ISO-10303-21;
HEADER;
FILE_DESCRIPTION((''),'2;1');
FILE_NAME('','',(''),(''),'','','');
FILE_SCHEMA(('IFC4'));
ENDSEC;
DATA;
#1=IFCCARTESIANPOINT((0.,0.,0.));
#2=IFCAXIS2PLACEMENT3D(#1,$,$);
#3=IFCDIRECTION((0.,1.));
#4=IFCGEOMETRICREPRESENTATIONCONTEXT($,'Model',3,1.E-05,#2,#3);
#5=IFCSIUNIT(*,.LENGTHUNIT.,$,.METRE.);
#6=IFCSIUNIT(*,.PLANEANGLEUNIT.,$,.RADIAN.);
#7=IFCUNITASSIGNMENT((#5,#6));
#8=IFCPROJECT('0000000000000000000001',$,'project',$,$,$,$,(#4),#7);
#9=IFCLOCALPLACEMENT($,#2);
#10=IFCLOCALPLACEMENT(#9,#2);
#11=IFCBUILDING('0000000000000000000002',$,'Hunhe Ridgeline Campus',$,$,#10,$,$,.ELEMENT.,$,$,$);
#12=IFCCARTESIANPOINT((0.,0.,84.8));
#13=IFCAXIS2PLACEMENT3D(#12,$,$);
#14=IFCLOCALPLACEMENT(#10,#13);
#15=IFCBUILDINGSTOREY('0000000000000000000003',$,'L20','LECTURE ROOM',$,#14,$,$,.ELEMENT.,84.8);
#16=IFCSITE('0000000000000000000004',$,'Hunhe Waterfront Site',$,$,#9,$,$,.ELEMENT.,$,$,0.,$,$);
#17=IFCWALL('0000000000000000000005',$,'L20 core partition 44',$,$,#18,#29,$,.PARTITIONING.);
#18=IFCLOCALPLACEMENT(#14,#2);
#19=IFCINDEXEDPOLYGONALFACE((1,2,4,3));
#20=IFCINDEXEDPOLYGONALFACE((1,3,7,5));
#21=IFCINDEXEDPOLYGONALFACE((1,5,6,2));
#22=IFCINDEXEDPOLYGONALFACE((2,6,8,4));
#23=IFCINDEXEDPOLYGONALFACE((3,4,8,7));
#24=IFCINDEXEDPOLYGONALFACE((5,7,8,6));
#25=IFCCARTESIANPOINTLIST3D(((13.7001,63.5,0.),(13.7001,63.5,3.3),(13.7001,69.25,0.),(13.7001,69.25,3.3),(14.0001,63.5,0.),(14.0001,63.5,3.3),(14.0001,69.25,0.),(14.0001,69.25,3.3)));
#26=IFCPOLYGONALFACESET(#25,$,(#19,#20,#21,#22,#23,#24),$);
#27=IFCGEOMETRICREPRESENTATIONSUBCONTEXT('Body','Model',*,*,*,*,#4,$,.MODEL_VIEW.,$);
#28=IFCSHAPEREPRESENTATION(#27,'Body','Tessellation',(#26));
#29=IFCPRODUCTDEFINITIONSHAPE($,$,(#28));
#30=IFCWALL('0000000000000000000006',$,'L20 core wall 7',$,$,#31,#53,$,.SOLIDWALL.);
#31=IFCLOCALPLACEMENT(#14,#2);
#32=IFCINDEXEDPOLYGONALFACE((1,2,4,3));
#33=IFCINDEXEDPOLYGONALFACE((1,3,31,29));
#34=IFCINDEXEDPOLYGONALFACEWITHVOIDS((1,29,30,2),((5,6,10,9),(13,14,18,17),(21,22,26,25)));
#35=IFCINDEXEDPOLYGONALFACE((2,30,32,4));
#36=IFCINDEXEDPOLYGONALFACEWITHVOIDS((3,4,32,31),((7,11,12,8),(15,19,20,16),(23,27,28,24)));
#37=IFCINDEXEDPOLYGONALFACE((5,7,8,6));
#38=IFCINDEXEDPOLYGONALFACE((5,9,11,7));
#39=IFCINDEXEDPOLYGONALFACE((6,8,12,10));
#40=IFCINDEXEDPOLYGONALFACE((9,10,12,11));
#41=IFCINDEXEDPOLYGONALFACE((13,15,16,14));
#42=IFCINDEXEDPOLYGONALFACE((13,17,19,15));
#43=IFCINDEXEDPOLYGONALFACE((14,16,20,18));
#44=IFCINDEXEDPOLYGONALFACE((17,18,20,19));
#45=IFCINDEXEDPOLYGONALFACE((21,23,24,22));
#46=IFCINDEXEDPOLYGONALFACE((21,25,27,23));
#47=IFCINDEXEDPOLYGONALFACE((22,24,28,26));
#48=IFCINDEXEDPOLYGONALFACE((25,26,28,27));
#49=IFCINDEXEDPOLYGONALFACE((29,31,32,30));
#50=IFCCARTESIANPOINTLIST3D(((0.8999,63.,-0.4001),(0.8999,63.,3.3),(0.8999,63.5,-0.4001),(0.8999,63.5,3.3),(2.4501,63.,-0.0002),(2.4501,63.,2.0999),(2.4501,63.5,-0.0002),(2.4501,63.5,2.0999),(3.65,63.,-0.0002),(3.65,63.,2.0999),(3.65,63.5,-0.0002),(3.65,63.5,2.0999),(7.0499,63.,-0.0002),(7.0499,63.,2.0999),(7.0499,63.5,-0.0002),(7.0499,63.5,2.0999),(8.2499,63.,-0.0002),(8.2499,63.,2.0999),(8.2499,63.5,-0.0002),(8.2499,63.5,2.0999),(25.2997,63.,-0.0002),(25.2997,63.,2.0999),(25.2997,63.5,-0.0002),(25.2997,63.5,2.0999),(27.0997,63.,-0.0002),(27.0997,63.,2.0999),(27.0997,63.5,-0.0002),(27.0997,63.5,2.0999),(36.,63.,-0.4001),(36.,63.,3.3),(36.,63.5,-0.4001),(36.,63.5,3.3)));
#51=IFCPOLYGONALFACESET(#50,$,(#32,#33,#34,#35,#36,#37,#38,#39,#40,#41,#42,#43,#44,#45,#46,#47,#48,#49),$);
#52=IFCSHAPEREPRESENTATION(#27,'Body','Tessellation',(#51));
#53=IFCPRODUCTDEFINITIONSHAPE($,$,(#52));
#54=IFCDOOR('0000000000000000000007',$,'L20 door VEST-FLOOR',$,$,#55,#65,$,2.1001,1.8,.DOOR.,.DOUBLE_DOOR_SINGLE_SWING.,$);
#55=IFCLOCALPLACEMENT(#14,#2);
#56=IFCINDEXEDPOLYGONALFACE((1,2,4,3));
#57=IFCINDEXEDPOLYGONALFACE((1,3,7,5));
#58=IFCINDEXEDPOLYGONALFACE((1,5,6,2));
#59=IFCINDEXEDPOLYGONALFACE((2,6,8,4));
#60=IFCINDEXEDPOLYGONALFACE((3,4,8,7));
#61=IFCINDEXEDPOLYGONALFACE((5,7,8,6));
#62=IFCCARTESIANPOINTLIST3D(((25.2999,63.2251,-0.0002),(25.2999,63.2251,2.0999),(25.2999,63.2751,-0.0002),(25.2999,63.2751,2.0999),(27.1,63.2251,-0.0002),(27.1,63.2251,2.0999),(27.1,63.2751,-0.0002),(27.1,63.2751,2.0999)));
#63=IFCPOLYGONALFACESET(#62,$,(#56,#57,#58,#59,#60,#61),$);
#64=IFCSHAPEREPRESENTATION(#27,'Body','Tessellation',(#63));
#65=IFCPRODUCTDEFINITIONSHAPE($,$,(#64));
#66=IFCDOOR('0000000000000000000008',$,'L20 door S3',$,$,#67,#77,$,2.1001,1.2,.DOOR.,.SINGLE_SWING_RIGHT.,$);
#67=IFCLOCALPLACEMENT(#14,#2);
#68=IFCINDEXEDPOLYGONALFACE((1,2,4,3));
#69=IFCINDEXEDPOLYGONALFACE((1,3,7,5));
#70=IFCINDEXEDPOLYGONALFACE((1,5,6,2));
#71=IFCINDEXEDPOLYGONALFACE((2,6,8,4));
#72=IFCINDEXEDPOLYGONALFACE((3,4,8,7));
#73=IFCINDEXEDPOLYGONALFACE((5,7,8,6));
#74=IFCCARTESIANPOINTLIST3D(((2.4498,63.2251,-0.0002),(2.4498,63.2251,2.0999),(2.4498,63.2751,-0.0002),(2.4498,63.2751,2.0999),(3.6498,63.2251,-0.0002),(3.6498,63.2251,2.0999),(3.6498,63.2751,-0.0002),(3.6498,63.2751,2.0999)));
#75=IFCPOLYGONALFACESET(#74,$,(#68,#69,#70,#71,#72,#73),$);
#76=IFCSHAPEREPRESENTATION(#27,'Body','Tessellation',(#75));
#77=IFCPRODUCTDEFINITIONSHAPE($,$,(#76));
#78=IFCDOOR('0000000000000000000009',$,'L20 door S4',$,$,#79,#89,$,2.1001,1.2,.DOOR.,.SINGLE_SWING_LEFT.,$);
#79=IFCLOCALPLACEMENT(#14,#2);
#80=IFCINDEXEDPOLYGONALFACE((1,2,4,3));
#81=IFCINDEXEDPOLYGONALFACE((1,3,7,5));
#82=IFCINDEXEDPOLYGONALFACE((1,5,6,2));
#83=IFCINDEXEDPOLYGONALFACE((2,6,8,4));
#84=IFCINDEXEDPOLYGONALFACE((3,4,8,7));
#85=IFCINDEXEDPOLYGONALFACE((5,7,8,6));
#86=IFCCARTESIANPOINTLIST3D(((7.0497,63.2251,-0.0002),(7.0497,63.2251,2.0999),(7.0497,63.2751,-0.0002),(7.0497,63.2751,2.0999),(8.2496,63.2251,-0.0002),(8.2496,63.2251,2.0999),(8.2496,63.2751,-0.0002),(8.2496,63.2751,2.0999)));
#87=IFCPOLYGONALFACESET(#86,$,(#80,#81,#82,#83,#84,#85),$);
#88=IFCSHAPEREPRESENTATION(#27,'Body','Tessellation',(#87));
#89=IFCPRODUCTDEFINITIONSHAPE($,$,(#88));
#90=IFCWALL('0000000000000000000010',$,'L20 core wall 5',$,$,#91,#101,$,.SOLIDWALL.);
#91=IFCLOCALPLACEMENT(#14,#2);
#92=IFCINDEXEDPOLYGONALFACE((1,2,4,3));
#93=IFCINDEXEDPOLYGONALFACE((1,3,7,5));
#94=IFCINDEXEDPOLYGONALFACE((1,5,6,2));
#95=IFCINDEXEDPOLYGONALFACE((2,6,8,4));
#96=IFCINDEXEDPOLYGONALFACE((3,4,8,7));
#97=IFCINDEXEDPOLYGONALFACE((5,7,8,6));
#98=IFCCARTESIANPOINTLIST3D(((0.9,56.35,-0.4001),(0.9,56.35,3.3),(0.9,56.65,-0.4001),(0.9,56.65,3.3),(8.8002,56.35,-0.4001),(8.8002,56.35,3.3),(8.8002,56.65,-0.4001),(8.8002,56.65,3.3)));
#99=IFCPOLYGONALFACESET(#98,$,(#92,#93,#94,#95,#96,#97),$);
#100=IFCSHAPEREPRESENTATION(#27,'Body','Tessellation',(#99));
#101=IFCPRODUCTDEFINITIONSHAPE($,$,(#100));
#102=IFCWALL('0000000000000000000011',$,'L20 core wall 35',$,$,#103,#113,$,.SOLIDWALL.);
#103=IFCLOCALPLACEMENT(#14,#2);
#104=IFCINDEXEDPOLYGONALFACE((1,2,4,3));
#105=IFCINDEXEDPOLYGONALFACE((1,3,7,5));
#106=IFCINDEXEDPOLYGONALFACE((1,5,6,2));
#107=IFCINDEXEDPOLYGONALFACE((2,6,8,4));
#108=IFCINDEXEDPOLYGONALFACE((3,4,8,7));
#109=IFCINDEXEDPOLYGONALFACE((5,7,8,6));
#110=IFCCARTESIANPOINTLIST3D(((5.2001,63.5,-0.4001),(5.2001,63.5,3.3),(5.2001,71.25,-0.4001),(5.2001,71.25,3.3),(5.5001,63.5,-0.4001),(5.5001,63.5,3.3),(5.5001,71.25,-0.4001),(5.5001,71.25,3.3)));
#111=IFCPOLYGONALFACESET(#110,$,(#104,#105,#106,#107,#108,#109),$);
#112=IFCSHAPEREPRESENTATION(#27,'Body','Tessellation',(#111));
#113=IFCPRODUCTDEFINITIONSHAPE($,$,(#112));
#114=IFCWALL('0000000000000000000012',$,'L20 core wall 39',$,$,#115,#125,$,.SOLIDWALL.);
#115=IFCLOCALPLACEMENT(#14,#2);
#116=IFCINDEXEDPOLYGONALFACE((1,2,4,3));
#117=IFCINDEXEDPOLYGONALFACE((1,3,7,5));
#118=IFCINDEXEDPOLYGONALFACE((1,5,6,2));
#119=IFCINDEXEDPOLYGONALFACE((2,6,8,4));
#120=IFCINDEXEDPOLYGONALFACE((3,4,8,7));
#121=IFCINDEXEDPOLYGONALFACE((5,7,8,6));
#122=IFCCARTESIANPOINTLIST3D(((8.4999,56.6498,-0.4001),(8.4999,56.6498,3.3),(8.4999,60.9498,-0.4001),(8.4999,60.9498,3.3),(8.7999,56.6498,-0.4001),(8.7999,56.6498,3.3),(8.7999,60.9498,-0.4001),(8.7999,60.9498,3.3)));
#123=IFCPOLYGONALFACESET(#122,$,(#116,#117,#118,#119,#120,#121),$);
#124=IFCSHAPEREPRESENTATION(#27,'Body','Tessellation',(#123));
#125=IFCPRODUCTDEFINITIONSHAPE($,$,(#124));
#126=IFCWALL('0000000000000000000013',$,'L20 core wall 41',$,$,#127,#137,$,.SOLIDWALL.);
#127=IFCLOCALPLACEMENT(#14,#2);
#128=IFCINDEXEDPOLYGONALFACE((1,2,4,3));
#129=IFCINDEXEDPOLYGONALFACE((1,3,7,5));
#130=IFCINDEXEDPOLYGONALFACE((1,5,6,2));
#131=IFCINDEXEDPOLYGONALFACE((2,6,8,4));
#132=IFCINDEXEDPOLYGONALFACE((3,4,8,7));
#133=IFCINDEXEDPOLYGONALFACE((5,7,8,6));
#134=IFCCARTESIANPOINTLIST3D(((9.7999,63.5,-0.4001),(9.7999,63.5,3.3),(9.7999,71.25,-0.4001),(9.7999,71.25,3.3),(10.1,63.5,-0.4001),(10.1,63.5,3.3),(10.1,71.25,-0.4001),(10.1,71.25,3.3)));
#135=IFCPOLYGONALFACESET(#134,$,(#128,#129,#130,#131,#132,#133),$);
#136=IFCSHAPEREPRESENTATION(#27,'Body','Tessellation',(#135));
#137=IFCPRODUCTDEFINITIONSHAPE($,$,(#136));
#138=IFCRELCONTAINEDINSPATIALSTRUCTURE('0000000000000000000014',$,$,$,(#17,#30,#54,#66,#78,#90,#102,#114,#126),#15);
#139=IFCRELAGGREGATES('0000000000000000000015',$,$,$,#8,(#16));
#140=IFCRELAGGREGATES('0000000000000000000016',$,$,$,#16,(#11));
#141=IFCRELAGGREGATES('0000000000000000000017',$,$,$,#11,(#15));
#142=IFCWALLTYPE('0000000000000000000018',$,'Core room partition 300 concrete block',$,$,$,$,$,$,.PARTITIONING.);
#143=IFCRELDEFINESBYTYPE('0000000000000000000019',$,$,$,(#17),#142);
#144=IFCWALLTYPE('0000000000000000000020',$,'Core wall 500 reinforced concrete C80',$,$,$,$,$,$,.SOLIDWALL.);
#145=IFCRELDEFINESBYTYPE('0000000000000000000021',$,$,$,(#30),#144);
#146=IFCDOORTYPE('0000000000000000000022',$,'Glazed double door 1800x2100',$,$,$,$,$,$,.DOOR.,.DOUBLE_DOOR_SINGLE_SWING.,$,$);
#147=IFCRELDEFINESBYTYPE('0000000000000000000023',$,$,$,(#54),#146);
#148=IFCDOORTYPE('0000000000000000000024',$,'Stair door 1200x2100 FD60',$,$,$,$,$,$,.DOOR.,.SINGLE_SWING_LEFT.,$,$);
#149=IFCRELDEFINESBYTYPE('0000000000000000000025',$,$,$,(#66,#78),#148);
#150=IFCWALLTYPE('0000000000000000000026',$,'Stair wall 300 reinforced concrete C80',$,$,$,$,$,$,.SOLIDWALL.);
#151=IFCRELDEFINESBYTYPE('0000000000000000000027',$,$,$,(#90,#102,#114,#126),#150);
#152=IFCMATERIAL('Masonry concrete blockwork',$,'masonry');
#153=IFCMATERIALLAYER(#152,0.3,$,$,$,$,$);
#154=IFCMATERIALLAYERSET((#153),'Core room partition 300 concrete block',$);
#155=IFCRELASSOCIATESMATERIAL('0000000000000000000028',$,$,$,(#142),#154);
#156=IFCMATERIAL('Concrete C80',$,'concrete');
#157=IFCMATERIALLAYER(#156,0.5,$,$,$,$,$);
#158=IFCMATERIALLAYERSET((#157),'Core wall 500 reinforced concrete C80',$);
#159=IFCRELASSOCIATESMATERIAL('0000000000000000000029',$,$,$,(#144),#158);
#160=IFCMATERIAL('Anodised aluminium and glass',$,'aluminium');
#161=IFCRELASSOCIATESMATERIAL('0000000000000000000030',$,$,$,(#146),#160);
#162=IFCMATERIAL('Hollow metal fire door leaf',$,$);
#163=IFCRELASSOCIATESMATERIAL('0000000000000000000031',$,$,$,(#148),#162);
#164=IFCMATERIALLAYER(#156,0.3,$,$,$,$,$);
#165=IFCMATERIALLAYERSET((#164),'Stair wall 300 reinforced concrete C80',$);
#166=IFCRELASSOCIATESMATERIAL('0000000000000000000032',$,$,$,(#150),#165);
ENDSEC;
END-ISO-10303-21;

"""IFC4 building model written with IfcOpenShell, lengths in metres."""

from ifc_helpers import new_model, si_unit, direction, frame, frame_2d, origin, place, context, subcontext, project, spatial, rectangle, extrude, material, layer, layer_set, type_object, element, fill, save


model = new_model("IFC4")

# Units and contexts
model_context = context("Model", 3, precision=1e-05, world=origin(), true_north=direction((0.0, 1.0)))
body_context = subcontext(model_context, "Body", "Model", "MODEL_VIEW")
ifc_project = project(units=[si_unit("LENGTHUNIT", "METRE"), si_unit("PLANEANGLEUNIT", "RADIAN")], contexts=[model_context])

# Site, building, storey
site_placement = place(None, origin())
site = spatial("IfcSite", under=ifc_project, at=site_placement, Name="Hunhe Waterfront Site", CompositionType="ELEMENT", RefElevation=0.0)
building_placement = place(site_placement, origin())
building = spatial("IfcBuilding", under=site, at=building_placement, Name="Hunhe Ridgeline Campus", CompositionType="ELEMENT")
storey_placement = place(building_placement, frame((0.0, 0.0, 84.8)))
storey = spatial("IfcBuildingStorey", under=building, at=storey_placement, Name="L20", Description="LECTURE ROOM", CompositionType="ELEMENT", Elevation=84.8)

# Wall
ifc_material_1 = material(Name="Masonry concrete blockwork", Category="masonry")
ifc_layer_1 = layer(ifc_material_1, 0.3)
ifc_layer_set_1 = layer_set([ifc_layer_1], Name="Core room partition 300 concrete block")
wall_type_1 = type_object("IfcWallType", Name="Core room partition 300 concrete block", PredefinedType="PARTITIONING", material=ifc_layer_set_1)
wall_1_placement = place(storey_placement, frame((13.8501, 63.5, 0.0), z_axis=(0.0, 0.0, 1.0), x_axis=(0.0, 1.0, 0.0)))
element("IfcWall", 1, at=wall_1_placement, inside=storey, type_object=wall_type_1, Name="L20 core partition 44", PredefinedType="PARTITIONING", context=body_context, shape_type="SweptSolid", body=[
    extrude(rectangle(XDim=5.75, YDim=0.3, at=frame_2d((2.875, 0.0))), origin(), (0.0, 0.0, 1.0), 3.3),
])

# Wall, openings, doors
ifc_material_2 = material(Name="Concrete C80", Category="concrete")
ifc_layer_2 = layer(ifc_material_2, 0.5)
ifc_layer_set_2 = layer_set([ifc_layer_2], Name="Core wall 500 reinforced concrete C80")
wall_type_2 = type_object("IfcWallType", Name="Core wall 500 reinforced concrete C80", PredefinedType="SOLIDWALL", material=ifc_layer_set_2)
wall_2_placement = place(storey_placement, frame((0.8999, 63.25, -0.4001), z_axis=(0.0, 0.0, 1.0), x_axis=(1.0, 0.0, 0.0)))
wall_2 = element("IfcWall", 2, at=wall_2_placement, inside=storey, type_object=wall_type_2, Name="L20 core wall 7", PredefinedType="SOLIDWALL", context=body_context, shape_type="SweptSolid", body=[
    extrude(rectangle(XDim=35.1001, YDim=0.5, at=frame_2d((17.55, 0.0))), origin(), (0.0, 0.0, 1.0), 3.7002),
])
opening_1_placement = place(wall_2_placement, frame((24.3999, 0.0, 0.3999)))
opening_1 = element("IfcOpeningElement", 3, at=opening_1_placement, cuts=wall_2, PredefinedType="OPENING", context=body_context, shape_type="SweptSolid", body=[
    extrude(rectangle(XDim=1.8, YDim=2.1001, at=frame_2d((0.8999, 1.05))), frame((0.0, 0.25, 0.0), z_axis=(0.0, -1.0, 0.0), x_axis=(1.0, 0.0, 0.0)), (0.0, 0.0, 1.0), 0.5),
])
opening_2_placement = place(wall_2_placement, frame((1.55, 0.0, 0.3999)))
opening_2 = element("IfcOpeningElement", 4, at=opening_2_placement, cuts=wall_2, PredefinedType="OPENING", context=body_context, shape_type="SweptSolid", body=[
    extrude(rectangle(XDim=1.2, YDim=2.1001, at=frame_2d((0.6001, 1.05))), frame((0.0, 0.25, 0.0), z_axis=(0.0, -1.0, 0.0), x_axis=(1.0, 0.0, 0.0)), (0.0, 0.0, 1.0), 0.5),
])
opening_3_placement = place(wall_2_placement, frame((6.1499, 0.0, 0.3999)))
opening_3 = element("IfcOpeningElement", 5, at=opening_3_placement, cuts=wall_2, PredefinedType="OPENING", context=body_context, shape_type="SweptSolid", body=[
    extrude(rectangle(XDim=1.2, YDim=2.1001, at=frame_2d((0.6001, 1.05))), frame((0.0, 0.25, 0.0), z_axis=(0.0, -1.0, 0.0), x_axis=(1.0, 0.0, 0.0)), (0.0, 0.0, 1.0), 0.5),
])
ifc_material_3 = material(Name="Anodised aluminium and glass", Category="aluminium")
door_type_1 = type_object("IfcDoorType", Name="Glazed double door 1800x2100", OperationType="DOUBLE_DOOR_SINGLE_SWING", PredefinedType="DOOR", material=ifc_material_3)
door_1_placement = place(opening_1_placement, frame((1.8, 0.0, 0.0), z_axis=(0.0, 0.0, 1.0), x_axis=(-1.0, 0.0, 0.0)))
door_1 = element("IfcDoor", 6, at=door_1_placement, inside=storey, type_object=door_type_1, Name="L20 door VEST-FLOOR", OperationType="DOUBLE_DOOR_SINGLE_SWING", OverallHeight=2.1001, OverallWidth=1.8, PredefinedType="DOOR", context=body_context, shape_type="SweptSolid", body=[
    extrude(rectangle(XDim=1.8, YDim=2.1001, at=frame_2d((0.8999, 1.05))), frame((0.0, 0.0249, 0.0), z_axis=(0.0, -1.0, 0.0), x_axis=(1.0, 0.0, 0.0)), (0.0, 0.0, 1.0), 0.05),
])
fill(opening_1, door_1)
ifc_material_4 = material(Name="Hollow metal fire door leaf")
door_type_2 = type_object("IfcDoorType", Name="Stair door 1200x2100 FD60", OperationType="SINGLE_SWING_LEFT", PredefinedType="DOOR", material=ifc_material_4)
door_2_placement = place(opening_2_placement, frame((1.2, 0.0, 0.0), z_axis=(0.0, 0.0, 1.0), x_axis=(-1.0, 0.0, 0.0)))
door_2 = element("IfcDoor", 7, at=door_2_placement, inside=storey, type_object=door_type_2, Name="L20 door S3", OperationType="SINGLE_SWING_RIGHT", OverallHeight=2.1001, OverallWidth=1.2, PredefinedType="DOOR", context=body_context, shape_type="SweptSolid", body=[
    extrude(rectangle(XDim=1.2, YDim=2.1001, at=frame_2d((0.6001, 1.05))), frame((0.0, 0.0249, 0.0), z_axis=(0.0, -1.0, 0.0), x_axis=(1.0, 0.0, 0.0)), (0.0, 0.0, 1.0), 0.05),
])
fill(opening_2, door_2)
door_3_placement = place(opening_3_placement, frame((1.2, 0.0, 0.0), z_axis=(0.0, 0.0, 1.0), x_axis=(-1.0, 0.0, 0.0)))
door_3 = element("IfcDoor", 8, at=door_3_placement, inside=storey, type_object=door_type_2, Name="L20 door S4", OperationType="SINGLE_SWING_LEFT", OverallHeight=2.1001, OverallWidth=1.2, PredefinedType="DOOR", context=body_context, shape_type="SweptSolid", body=[
    extrude(rectangle(XDim=1.2, YDim=2.1001, at=frame_2d((0.6001, 1.05))), frame((0.0, 0.0249, 0.0), z_axis=(0.0, -1.0, 0.0), x_axis=(1.0, 0.0, 0.0)), (0.0, 0.0, 1.0), 0.05),
])
fill(opening_3, door_3)

# Wall
ifc_layer_3 = layer(ifc_material_2, 0.3)
ifc_layer_set_3 = layer_set([ifc_layer_3], Name="Stair wall 300 reinforced concrete C80")
wall_type_3 = type_object("IfcWallType", Name="Stair wall 300 reinforced concrete C80", PredefinedType="SOLIDWALL", material=ifc_layer_set_3)
wall_3_placement = place(storey_placement, frame((0.8999, 56.5, -0.4001), z_axis=(0.0, 0.0, 1.0), x_axis=(1.0, 0.0, 0.0)))
element("IfcWall", 9, at=wall_3_placement, inside=storey, type_object=wall_type_3, Name="L20 core wall 5", PredefinedType="SOLIDWALL", context=body_context, shape_type="SweptSolid", body=[
    extrude(rectangle(XDim=7.9001, YDim=0.3, at=frame_2d((3.9502, 0.0))), origin(), (0.0, 0.0, 1.0), 3.7002),
])

# Walls
wall_4_placement = place(storey_placement, frame((5.3501, 63.5, -0.4001), z_axis=(0.0, 0.0, 1.0), x_axis=(0.0, 1.0, 0.0)))
element("IfcWall", 10, at=wall_4_placement, inside=storey, type_object=wall_type_3, Name="L20 core wall 35", PredefinedType="SOLIDWALL", context=body_context, shape_type="SweptSolid", body=[
    extrude(rectangle(XDim=7.75, YDim=0.3, at=frame_2d((3.875, 0.0))), origin(), (0.0, 0.0, 1.0), 3.7002),
])
wall_5_placement = place(storey_placement, frame((8.6499, 56.6499, -0.4001), z_axis=(0.0, 0.0, 1.0), x_axis=(0.0, 1.0, 0.0)))
element("IfcWall", 11, at=wall_5_placement, inside=storey, type_object=wall_type_3, Name="L20 core wall 39", PredefinedType="SOLIDWALL", context=body_context, shape_type="SweptSolid", body=[
    extrude(rectangle(XDim=4.3, YDim=0.3, at=frame_2d((2.1499, 0.0))), origin(), (0.0, 0.0, 1.0), 3.7002),
])
wall_6_placement = place(storey_placement, frame((9.95, 63.5, -0.4001), z_axis=(0.0, 0.0, 1.0), x_axis=(0.0, 1.0, 0.0)))
element("IfcWall", 12, at=wall_6_placement, inside=storey, type_object=wall_type_3, Name="L20 core wall 41", PredefinedType="SOLIDWALL", context=body_context, shape_type="SweptSolid", body=[
    extrude(rectangle(XDim=7.75, YDim=0.3, at=frame_2d((3.875, 0.0))), origin(), (0.0, 0.0, 1.0), 3.7002),
])

save(model, "model.ifc")
